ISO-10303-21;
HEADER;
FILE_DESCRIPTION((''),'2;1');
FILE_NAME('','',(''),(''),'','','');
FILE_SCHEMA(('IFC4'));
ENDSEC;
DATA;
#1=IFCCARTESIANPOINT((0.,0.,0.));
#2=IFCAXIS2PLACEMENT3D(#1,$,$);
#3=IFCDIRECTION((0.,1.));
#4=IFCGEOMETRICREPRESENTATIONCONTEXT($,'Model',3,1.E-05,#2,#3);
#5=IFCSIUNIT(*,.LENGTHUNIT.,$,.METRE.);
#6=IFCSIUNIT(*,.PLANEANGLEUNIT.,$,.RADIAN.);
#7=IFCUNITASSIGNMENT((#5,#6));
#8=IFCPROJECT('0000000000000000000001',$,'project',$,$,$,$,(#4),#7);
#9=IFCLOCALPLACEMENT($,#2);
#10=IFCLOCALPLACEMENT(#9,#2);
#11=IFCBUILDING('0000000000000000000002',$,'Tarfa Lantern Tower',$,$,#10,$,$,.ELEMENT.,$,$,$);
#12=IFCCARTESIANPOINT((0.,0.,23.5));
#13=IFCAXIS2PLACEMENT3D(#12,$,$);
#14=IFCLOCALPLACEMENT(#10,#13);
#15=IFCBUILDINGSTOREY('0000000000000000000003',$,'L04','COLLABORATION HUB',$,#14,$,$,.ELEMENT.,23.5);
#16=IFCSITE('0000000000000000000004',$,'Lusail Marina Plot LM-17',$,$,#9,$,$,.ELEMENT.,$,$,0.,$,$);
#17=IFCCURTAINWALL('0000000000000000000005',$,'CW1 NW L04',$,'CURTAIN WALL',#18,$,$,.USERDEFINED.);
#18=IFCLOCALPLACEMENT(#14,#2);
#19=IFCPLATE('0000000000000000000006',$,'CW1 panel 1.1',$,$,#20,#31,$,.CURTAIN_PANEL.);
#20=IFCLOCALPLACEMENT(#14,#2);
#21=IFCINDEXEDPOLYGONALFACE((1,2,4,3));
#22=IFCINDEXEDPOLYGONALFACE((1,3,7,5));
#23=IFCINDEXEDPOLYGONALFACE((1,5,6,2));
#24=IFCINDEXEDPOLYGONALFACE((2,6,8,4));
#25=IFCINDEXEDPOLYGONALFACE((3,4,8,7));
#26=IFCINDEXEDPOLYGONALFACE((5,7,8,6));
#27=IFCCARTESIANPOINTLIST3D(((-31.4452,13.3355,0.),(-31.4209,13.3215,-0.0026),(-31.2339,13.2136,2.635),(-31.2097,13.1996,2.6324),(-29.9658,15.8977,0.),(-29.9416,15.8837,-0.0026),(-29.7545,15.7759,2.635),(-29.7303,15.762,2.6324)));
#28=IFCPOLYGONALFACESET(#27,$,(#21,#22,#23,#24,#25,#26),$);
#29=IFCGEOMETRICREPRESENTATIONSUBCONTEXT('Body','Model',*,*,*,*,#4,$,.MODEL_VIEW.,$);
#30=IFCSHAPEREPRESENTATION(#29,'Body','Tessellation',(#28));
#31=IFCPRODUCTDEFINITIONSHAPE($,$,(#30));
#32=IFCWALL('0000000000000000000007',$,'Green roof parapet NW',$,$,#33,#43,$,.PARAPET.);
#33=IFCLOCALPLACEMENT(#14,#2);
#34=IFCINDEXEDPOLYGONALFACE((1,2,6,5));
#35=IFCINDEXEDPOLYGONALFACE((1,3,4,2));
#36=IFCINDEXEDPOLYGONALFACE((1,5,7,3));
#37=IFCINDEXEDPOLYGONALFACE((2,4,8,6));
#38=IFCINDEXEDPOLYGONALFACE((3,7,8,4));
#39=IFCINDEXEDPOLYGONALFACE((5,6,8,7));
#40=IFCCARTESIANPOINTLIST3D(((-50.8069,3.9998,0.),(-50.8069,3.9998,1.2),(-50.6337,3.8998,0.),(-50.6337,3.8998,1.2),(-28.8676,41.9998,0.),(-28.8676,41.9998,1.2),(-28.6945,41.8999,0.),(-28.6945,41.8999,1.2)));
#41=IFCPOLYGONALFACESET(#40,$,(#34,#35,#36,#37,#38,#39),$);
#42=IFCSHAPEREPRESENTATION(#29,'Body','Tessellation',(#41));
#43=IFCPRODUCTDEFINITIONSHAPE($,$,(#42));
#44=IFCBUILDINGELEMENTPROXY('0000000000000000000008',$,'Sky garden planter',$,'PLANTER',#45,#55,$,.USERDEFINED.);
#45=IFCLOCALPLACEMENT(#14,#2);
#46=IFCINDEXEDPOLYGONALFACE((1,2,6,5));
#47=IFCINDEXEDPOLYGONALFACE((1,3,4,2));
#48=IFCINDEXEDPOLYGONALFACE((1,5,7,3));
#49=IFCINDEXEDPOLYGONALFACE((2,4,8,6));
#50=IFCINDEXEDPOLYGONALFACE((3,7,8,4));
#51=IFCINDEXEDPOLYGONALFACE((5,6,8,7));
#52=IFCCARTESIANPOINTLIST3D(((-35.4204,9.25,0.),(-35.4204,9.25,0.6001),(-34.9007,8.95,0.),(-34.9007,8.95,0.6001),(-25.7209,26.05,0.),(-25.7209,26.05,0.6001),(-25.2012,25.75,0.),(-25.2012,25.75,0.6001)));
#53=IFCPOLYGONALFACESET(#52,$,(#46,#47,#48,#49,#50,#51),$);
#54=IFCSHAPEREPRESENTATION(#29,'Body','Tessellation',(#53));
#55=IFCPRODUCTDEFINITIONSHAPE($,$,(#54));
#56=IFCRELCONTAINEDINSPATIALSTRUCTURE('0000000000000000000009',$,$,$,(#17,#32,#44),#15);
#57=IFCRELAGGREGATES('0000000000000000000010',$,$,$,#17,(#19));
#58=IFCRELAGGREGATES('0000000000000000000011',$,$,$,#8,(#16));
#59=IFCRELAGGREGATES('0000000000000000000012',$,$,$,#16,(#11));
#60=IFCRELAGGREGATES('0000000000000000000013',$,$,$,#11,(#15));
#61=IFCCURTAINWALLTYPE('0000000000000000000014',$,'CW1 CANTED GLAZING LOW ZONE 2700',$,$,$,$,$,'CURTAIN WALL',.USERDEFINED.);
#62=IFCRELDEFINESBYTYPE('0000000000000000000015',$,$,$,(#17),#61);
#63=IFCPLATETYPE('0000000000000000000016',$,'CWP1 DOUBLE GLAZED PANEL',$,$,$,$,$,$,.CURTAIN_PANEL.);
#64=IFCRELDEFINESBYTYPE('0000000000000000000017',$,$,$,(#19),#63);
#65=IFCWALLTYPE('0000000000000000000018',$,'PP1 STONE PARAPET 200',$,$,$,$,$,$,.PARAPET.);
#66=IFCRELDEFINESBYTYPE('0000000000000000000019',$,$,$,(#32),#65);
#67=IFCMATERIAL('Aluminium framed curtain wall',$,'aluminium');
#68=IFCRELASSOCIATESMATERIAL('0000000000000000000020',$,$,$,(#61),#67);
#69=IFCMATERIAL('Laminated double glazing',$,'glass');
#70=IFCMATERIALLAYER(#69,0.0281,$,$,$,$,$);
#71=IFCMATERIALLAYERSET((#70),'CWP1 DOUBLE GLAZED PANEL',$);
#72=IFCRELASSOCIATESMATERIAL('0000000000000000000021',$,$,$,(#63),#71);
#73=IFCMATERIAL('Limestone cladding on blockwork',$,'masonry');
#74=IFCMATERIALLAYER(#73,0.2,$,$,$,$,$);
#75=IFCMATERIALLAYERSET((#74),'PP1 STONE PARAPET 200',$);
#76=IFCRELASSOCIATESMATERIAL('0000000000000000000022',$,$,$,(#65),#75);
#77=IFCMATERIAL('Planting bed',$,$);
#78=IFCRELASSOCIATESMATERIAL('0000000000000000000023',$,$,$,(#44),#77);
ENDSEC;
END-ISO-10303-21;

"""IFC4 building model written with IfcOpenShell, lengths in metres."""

from ifc_helpers import new_model, si_unit, direction, frame, frame_2d, origin, origin_2d, place, context, subcontext, project, spatial, polyline, rectangle, outline, extrude, material, layer, layer_set, type_object, element, aggregate, save


model = new_model("IFC4")

# Units and contexts
model_context = context("Model", 3, precision=1e-05, world=origin(), true_north=direction((0.0, 1.0)))
body_context = subcontext(model_context, "Body", "Model", "MODEL_VIEW")
ifc_project = project(units=[si_unit("LENGTHUNIT", "METRE"), si_unit("PLANEANGLEUNIT", "RADIAN")], contexts=[model_context])

# Site, building, storey
site_placement = place(None, origin())
site = spatial("IfcSite", under=ifc_project, at=site_placement, Name="Lusail Marina Plot LM-17", CompositionType="ELEMENT", RefElevation=0.0)
building_placement = place(site_placement, origin())
building = spatial("IfcBuilding", under=site, at=building_placement, Name="Tarfa Lantern Tower", CompositionType="ELEMENT")
storey_placement = place(building_placement, frame((0.0, 0.0, 23.5)))
storey = spatial("IfcBuildingStorey", under=building, at=storey_placement, Name="L04", Description="COLLABORATION HUB", CompositionType="ELEMENT", Elevation=23.5)

# Shared definitions
ifc_material_1 = material(Name="Aluminium framed curtain wall", Category="aluminium")
curtain_wall_type = type_object("IfcCurtainWallType", Name="CW1 CANTED GLAZING LOW ZONE 2700", ElementType="CURTAIN WALL", PredefinedType="USERDEFINED", material=ifc_material_1)

# Curtain wall
curtain_wall_1_placement = place(storey_placement, origin())
curtain_wall_1 = element("IfcCurtainWall", 1, at=curtain_wall_1_placement, inside=storey, type_object=curtain_wall_type, Name="CW1 NW L04", ObjectType="CURTAIN WALL", PredefinedType="USERDEFINED")

# Plate
ifc_material_2 = material(Name="Laminated double glazing", Category="glass")
ifc_layer_1 = layer(ifc_material_2, 0.0281)
ifc_layer_set_1 = layer_set([ifc_layer_1], Name="CWP1 DOUBLE GLAZED PANEL")
plate_type = type_object("IfcPlateType", Name="CWP1 DOUBLE GLAZED PANEL", PredefinedType="CURTAIN_PANEL", material=ifc_layer_set_1)
plate_1_placement = place(storey_placement, frame((-29.9658, 15.8977, 0.0), z_axis=(-0.862332, 0.497885, 0.09217), x_axis=(-0.500013, -0.866018, 0.000003)))
plate_1 = element("IfcPlate", 2, at=plate_1_placement, type_object=plate_type, Name="CW1 panel 1.1", PredefinedType="CURTAIN_PANEL", context=body_context, shape_type="SweptSolid", body=[
    extrude(outline(polyline([(0.0, 0.0), (2.9586, 0.0), (2.9585, 2.6463), (-0.0002, 2.6463), (0.0, 0.0)])), origin(), (0.0, 0.0, -1.0), 0.0281),
])
aggregate(curtain_wall_1, [plate_1])

# Wall
ifc_material_3 = material(Name="Limestone cladding on blockwork", Category="masonry")
ifc_layer_2 = layer(ifc_material_3, 0.2)
ifc_layer_set_2 = layer_set([ifc_layer_2], Name="PP1 STONE PARAPET 200")
wall_type = type_object("IfcWallType", Name="PP1 STONE PARAPET 200", PredefinedType="PARAPET", material=ifc_layer_set_2)
wall_placement = place(storey_placement, frame((-28.781, 41.95, 0.0), z_axis=(0.0, 0.0, 1.0), x_axis=(-0.499998, -0.866026, 0.0)))
element("IfcWall", 3, at=wall_placement, inside=storey, type_object=wall_type, Name="Green roof parapet NW", PredefinedType="PARAPET", context=body_context, shape_type="SweptSolid", body=[
    extrude(rectangle(XDim=43.8787, YDim=0.2, at=frame_2d((21.9395, 0.0))), origin(), (0.0, 0.0, 1.0), 1.2),
])

# Building element proxy
ifc_material_4 = material(Name="Planting bed")
proxy_placement = place(storey_placement, frame((-30.3108, 17.5, 0.0), z_axis=(0.0, 0.0, 1.0), x_axis=(-0.5, -0.866025, 0.0)))
element("IfcBuildingElementProxy", 4, at=proxy_placement, inside=storey, material=ifc_material_4, Name="Sky garden planter", ObjectType="PLANTER", PredefinedType="USERDEFINED", context=body_context, shape_type="SweptSolid", body=[
    extrude(rectangle(XDim=19.3989, YDim=0.6001, at=origin_2d()), origin(), (0.0, 0.0, 1.0), 0.6001),
])

save(model, "model.ifc")
